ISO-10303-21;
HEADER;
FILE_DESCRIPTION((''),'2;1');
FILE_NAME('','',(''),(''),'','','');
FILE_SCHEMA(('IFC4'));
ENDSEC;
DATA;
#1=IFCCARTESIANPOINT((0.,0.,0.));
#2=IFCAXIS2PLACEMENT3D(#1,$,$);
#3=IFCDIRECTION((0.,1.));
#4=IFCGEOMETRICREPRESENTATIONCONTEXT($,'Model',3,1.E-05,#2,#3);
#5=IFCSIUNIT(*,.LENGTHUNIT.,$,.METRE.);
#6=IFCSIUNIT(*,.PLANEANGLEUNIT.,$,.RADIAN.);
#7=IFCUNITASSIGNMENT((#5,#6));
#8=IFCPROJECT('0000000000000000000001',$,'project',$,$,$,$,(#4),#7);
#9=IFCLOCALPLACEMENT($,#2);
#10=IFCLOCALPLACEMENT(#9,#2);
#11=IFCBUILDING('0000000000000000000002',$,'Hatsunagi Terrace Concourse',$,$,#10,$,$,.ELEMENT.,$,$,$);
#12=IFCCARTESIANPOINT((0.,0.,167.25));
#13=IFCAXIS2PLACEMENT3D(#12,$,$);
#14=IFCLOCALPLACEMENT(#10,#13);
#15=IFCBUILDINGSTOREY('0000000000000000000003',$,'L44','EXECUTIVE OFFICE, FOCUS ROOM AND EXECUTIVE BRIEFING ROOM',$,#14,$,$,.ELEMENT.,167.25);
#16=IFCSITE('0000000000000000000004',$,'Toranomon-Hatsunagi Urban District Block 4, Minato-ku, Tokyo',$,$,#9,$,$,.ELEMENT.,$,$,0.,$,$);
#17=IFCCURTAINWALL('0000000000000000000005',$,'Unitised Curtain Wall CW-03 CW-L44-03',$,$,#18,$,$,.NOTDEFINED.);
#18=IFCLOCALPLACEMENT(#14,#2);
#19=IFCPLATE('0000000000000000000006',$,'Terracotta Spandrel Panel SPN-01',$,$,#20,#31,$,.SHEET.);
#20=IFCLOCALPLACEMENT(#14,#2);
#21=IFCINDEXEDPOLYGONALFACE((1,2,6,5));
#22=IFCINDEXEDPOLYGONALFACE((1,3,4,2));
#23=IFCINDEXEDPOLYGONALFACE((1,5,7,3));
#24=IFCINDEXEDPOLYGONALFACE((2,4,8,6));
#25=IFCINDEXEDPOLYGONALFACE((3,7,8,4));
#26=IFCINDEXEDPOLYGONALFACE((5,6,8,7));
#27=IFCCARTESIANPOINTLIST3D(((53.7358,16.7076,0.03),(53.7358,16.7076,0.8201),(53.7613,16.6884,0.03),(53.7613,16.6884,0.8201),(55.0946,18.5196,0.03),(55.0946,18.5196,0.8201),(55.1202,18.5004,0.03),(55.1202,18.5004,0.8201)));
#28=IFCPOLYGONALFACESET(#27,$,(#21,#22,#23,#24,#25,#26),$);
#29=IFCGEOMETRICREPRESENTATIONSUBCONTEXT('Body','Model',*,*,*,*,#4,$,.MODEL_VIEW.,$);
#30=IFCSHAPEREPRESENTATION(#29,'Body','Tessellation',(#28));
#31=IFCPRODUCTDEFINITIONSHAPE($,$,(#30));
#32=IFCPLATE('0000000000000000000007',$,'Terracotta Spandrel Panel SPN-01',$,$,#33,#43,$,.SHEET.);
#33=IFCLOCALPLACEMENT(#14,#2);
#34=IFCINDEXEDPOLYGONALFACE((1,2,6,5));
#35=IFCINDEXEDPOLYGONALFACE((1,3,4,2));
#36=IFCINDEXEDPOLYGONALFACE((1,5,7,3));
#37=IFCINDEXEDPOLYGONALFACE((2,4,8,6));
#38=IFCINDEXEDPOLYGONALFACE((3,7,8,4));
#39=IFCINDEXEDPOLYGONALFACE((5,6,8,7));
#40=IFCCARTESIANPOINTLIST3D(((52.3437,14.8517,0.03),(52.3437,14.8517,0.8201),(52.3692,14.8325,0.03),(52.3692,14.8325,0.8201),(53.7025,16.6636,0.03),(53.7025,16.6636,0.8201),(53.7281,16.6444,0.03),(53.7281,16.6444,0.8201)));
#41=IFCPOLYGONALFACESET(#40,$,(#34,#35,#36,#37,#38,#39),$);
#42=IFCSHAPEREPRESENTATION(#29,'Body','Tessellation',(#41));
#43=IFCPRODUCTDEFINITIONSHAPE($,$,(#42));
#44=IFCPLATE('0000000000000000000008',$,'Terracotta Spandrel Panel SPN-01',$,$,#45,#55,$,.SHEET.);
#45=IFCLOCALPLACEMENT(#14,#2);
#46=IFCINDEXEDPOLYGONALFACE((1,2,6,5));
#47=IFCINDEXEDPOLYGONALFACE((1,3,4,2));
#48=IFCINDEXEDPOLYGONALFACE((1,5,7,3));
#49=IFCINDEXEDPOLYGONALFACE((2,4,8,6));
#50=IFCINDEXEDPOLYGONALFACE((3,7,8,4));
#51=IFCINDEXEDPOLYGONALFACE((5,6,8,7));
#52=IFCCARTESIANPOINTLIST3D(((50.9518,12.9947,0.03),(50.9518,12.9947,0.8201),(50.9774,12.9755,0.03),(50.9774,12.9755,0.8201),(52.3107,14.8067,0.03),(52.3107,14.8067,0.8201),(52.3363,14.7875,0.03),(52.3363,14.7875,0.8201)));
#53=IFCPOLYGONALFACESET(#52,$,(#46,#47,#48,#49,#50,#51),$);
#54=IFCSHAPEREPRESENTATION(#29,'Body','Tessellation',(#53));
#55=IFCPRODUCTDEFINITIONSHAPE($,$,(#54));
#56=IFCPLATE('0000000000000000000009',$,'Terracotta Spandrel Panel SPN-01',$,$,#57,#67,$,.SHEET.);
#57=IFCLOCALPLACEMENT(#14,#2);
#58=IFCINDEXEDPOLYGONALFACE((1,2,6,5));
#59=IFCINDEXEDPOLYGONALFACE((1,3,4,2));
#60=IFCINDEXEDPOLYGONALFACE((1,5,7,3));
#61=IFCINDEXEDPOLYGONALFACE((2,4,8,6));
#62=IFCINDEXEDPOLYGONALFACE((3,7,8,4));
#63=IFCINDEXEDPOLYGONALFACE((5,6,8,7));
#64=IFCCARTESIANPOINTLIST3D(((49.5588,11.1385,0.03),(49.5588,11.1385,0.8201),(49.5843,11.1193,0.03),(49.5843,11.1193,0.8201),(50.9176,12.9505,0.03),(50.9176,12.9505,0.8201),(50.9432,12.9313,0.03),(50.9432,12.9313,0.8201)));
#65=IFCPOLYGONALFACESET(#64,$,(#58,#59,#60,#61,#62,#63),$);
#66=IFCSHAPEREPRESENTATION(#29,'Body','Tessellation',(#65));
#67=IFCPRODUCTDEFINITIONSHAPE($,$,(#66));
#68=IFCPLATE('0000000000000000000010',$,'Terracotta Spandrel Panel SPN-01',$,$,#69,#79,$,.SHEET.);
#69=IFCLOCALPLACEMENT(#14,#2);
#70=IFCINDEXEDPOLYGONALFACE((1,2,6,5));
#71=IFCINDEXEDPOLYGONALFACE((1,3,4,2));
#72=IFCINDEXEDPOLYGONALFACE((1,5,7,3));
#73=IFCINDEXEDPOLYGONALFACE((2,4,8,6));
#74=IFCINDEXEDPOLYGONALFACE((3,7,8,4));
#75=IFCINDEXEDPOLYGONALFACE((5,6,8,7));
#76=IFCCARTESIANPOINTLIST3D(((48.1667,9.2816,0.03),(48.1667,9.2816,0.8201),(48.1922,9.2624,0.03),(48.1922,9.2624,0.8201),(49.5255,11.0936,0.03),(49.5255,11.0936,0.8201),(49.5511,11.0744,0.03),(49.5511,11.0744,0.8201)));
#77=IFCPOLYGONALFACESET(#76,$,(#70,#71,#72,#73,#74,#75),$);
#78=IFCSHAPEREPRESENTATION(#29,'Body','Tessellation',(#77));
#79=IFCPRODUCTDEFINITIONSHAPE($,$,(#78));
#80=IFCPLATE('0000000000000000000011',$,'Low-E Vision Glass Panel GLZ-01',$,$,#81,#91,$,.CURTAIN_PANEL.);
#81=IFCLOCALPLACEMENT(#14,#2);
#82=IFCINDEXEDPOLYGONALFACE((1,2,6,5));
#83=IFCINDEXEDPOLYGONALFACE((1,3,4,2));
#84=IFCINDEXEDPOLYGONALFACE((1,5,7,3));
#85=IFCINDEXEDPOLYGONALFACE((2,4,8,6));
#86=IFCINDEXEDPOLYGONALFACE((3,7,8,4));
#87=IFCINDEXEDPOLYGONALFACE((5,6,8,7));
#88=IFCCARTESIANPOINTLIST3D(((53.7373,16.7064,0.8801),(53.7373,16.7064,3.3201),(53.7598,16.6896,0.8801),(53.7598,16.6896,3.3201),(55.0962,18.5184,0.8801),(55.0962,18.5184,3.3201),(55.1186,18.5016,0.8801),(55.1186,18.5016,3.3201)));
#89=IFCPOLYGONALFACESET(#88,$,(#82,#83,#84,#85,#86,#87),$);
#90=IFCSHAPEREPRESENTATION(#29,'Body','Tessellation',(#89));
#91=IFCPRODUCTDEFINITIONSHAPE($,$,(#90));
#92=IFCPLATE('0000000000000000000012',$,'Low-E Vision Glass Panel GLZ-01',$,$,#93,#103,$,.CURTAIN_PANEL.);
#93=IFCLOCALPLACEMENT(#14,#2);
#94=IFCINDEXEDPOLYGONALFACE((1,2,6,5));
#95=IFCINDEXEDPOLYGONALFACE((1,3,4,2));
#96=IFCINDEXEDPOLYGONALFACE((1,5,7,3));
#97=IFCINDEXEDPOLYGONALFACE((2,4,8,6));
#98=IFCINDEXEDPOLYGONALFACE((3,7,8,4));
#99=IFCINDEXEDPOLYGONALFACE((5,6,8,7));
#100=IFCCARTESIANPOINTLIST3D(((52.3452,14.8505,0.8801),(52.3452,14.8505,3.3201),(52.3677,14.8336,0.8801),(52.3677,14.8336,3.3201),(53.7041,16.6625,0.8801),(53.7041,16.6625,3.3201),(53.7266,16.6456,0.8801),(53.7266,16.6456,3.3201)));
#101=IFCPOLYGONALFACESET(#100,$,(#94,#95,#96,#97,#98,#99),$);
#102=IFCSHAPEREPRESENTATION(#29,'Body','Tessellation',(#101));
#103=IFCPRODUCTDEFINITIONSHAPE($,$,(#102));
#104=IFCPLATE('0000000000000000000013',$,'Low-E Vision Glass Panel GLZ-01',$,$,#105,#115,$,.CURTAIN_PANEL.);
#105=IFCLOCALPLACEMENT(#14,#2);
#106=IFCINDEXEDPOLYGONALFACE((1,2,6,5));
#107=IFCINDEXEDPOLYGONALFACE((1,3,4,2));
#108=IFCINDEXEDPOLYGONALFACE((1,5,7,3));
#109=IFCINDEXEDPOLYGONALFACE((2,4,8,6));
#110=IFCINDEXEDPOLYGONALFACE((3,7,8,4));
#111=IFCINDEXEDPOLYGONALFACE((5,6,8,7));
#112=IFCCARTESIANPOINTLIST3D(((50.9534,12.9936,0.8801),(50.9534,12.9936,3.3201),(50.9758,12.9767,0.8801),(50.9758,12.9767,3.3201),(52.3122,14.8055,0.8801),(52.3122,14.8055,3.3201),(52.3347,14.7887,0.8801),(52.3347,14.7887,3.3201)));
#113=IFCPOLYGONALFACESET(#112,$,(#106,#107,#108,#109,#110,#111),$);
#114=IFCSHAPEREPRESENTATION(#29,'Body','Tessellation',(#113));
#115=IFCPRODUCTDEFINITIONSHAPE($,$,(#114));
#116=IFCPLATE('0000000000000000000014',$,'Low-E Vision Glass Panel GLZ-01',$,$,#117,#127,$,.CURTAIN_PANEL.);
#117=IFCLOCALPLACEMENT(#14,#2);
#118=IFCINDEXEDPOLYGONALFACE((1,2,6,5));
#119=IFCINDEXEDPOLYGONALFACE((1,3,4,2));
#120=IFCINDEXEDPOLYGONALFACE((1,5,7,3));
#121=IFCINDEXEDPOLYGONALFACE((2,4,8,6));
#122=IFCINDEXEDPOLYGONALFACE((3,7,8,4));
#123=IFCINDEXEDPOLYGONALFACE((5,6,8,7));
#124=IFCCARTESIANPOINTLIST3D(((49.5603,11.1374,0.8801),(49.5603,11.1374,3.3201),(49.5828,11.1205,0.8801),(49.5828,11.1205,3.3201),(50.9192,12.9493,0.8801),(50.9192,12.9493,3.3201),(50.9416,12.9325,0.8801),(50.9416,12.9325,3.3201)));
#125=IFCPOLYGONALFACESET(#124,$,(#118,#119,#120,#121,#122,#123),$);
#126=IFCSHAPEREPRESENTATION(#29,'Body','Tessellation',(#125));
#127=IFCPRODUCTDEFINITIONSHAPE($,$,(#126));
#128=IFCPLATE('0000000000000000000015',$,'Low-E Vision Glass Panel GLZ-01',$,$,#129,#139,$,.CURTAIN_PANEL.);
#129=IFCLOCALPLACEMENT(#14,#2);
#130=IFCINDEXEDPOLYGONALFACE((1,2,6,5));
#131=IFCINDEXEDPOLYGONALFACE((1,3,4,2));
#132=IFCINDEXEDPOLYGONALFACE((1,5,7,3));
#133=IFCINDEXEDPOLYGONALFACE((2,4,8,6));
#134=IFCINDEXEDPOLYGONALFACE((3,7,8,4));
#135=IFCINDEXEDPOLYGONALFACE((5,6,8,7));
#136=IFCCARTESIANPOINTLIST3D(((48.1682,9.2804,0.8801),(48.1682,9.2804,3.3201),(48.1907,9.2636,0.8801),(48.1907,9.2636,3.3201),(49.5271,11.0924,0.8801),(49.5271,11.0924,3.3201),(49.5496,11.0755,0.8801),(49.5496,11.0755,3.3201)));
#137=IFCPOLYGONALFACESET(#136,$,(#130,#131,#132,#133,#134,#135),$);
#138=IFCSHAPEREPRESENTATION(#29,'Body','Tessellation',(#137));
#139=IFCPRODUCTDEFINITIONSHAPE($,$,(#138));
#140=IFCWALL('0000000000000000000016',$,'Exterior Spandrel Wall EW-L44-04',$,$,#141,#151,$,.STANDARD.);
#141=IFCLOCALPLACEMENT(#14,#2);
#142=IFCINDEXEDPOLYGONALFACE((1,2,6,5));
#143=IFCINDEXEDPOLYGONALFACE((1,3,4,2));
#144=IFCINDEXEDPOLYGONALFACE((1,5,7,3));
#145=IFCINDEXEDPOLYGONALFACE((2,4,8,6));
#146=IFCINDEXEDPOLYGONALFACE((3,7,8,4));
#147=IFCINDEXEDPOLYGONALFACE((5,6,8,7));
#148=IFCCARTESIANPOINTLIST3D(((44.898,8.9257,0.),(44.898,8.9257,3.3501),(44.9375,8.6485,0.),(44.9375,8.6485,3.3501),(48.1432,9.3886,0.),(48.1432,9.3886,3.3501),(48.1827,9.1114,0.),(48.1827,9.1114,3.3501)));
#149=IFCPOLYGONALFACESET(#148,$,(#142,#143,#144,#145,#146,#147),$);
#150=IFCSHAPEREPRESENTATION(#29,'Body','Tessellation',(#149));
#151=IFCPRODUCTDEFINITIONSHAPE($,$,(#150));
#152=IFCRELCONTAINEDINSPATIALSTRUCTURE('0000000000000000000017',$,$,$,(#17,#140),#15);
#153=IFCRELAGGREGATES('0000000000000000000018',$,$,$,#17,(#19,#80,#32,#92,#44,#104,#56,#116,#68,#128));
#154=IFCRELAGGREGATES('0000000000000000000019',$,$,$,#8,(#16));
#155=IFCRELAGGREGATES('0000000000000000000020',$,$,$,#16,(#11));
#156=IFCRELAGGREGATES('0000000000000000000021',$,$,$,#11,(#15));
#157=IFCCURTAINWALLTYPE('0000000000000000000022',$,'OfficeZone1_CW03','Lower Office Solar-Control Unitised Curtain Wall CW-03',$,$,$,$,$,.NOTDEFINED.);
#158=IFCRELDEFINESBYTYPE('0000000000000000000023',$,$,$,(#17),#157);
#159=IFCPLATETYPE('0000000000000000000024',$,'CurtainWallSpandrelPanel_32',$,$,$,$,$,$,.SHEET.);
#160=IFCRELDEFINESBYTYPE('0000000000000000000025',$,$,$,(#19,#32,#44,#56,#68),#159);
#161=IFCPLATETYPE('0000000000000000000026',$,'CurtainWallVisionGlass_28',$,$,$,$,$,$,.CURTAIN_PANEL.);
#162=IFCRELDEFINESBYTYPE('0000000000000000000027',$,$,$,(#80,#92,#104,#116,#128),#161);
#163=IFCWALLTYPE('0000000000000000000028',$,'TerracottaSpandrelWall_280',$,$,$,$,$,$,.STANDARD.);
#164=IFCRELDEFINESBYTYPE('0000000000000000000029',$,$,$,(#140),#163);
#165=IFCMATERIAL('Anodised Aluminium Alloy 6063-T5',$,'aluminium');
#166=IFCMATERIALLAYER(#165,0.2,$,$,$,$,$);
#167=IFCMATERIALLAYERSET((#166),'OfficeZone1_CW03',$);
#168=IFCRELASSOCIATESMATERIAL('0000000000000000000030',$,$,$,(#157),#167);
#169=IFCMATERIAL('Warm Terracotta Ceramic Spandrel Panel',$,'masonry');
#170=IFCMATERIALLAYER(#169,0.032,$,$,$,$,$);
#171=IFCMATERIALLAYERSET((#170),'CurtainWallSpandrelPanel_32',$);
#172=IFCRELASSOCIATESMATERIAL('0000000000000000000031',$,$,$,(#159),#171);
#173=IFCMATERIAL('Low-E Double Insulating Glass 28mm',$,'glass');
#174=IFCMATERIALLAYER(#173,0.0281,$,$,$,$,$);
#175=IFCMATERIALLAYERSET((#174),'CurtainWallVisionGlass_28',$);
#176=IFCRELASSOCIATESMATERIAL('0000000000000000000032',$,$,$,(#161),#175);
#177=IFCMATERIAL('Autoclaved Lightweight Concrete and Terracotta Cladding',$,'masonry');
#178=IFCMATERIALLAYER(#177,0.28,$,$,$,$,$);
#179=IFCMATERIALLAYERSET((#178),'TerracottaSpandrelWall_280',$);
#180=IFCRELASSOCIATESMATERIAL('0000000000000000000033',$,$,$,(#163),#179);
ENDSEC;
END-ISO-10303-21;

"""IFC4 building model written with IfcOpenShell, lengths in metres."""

from ifc_helpers import new_model, si_unit, direction, frame, frame_2d, origin, origin_2d, place, context, subcontext, project, spatial, rectangle, extrude, material, layer, layer_set, type_object, element, aggregate, save


model = new_model("IFC4")

# Units and contexts
model_context = context("Model", 3, precision=1e-05, world=origin(), true_north=direction((0.0, 1.0)))
body_context = subcontext(model_context, "Body", "Model", "MODEL_VIEW")
ifc_project = project(units=[si_unit("LENGTHUNIT", "METRE"), si_unit("PLANEANGLEUNIT", "RADIAN")], contexts=[model_context])

# Site, building, storey
site_placement = place(None, origin())
site = spatial("IfcSite", under=ifc_project, at=site_placement, Name="Toranomon-Hatsunagi Urban District Block 4, Minato-ku, Tokyo", CompositionType="ELEMENT", RefElevation=0.0)
building_placement = place(site_placement, origin())
building = spatial("IfcBuilding", under=site, at=building_placement, Name="Hatsunagi Terrace Concourse", CompositionType="ELEMENT")
storey_placement = place(building_placement, frame((0.0, 0.0, 167.25)))
storey = spatial("IfcBuildingStorey", under=building, at=storey_placement, Name="L44", Description="EXECUTIVE OFFICE, FOCUS ROOM AND EXECUTIVE BRIEFING ROOM", CompositionType="ELEMENT", Elevation=167.25)

# Curtain wall
ifc_material_1 = material(Name="Anodised Aluminium Alloy 6063-T5", Category="aluminium")
ifc_layer_1 = layer(ifc_material_1, 0.2)
ifc_layer_set_1 = layer_set([ifc_layer_1], Name="OfficeZone1_CW03")
curtain_wall_type = type_object("IfcCurtainWallType", Name="OfficeZone1_CW03", Description="Lower Office Solar-Control Unitised Curtain Wall CW-03", PredefinedType="NOTDEFINED", material=ifc_layer_set_1)
curtain_wall_placement = place(storey_placement, origin())
curtain_wall = element("IfcCurtainWall", 1, at=curtain_wall_placement, inside=storey, type_object=curtain_wall_type, Name="Unitised Curtain Wall CW-03 CW-L44-03", PredefinedType="NOTDEFINED")

# Plates
ifc_material_2 = material(Name="Warm Terracotta Ceramic Spandrel Panel", Category="masonry")
ifc_layer_2 = layer(ifc_material_2, 0.032)
ifc_layer_set_2 = layer_set([ifc_layer_2], Name="CurtainWallSpandrelPanel_32")
plate_type_1 = type_object("IfcPlateType", Name="CurtainWallSpandrelPanel_32", PredefinedType="SHEET", material=ifc_layer_set_2)
plate_1_placement = place(storey_placement, frame((54.428, 17.604, 0.03), z_axis=(0.0, 0.0, 1.0), x_axis=(-0.599969, -0.800023, 0.0)))
plate_1 = element("IfcPlate", 2, at=plate_1_placement, type_object=plate_type_1, Name="Terracotta Spandrel Panel SPN-01", PredefinedType="SHEET", context=body_context, shape_type="SweptSolid", body=[
    extrude(rectangle(XDim=2.2649, YDim=0.032, at=origin_2d()), origin(), (0.0, 0.0, 1.0), 0.79),
])
plate_2_placement = place(storey_placement, frame((53.0359, 15.748, 0.03), z_axis=(0.0, 0.0, 1.0), x_axis=(-0.599969, -0.800023, 0.0)))
plate_2 = element("IfcPlate", 3, at=plate_2_placement, type_object=plate_type_1, Name="Terracotta Spandrel Panel SPN-01", PredefinedType="SHEET", context=body_context, shape_type="SweptSolid", body=[
    extrude(rectangle(XDim=2.2649, YDim=0.032, at=origin_2d()), origin(), (0.0, 0.0, 1.0), 0.79),
])
plate_3_placement = place(storey_placement, frame((51.644, 13.8911, 0.03), z_axis=(0.0, 0.0, 1.0), x_axis=(-0.599969, -0.800023, 0.0)))
plate_3 = element("IfcPlate", 4, at=plate_3_placement, type_object=plate_type_1, Name="Terracotta Spandrel Panel SPN-01", PredefinedType="SHEET", context=body_context, shape_type="SweptSolid", body=[
    extrude(rectangle(XDim=2.2649, YDim=0.032, at=origin_2d()), origin(), (0.0, 0.0, 1.0), 0.79),
])
plate_4_placement = place(storey_placement, frame((50.251, 12.0349, 0.03), z_axis=(0.0, 0.0, 1.0), x_axis=(-0.599969, -0.800023, 0.0)))
plate_4 = element("IfcPlate", 5, at=plate_4_placement, type_object=plate_type_1, Name="Terracotta Spandrel Panel SPN-01", PredefinedType="SHEET", context=body_context, shape_type="SweptSolid", body=[
    extrude(rectangle(XDim=2.2649, YDim=0.032, at=origin_2d()), origin(), (0.0, 0.0, 1.0), 0.79),
])
plate_5_placement = place(storey_placement, frame((48.8589, 10.178, 0.03), z_axis=(0.0, 0.0, 1.0), x_axis=(-0.599969, -0.800023, 0.0)))
plate_5 = element("IfcPlate", 6, at=plate_5_placement, type_object=plate_type_1, Name="Terracotta Spandrel Panel SPN-01", PredefinedType="SHEET", context=body_context, shape_type="SweptSolid", body=[
    extrude(rectangle(XDim=2.2649, YDim=0.032, at=origin_2d()), origin(), (0.0, 0.0, 1.0), 0.79),
])
ifc_material_3 = material(Name="Low-E Double Insulating Glass 28mm", Category="glass")
ifc_layer_3 = layer(ifc_material_3, 0.0281)
ifc_layer_set_3 = layer_set([ifc_layer_3], Name="CurtainWallVisionGlass_28")
plate_type_2 = type_object("IfcPlateType", Name="CurtainWallVisionGlass_28", PredefinedType="CURTAIN_PANEL", material=ifc_layer_set_3)
plate_6_placement = place(storey_placement, frame((54.428, 17.604, 0.8801), z_axis=(0.0, 0.0, 1.0), x_axis=(-0.599969, -0.800023, 0.0)))
plate_6 = element("IfcPlate", 7, at=plate_6_placement, type_object=plate_type_2, Name="Low-E Vision Glass Panel GLZ-01", PredefinedType="CURTAIN_PANEL", context=body_context, shape_type="SweptSolid", body=[
    extrude(rectangle(XDim=2.2649, YDim=0.0281, at=origin_2d()), origin(), (0.0, 0.0, 1.0), 2.4399),
])
plate_7_placement = place(storey_placement, frame((53.0359, 15.748, 0.8801), z_axis=(0.0, 0.0, 1.0), x_axis=(-0.599969, -0.800023, 0.0)))
plate_7 = element("IfcPlate", 8, at=plate_7_placement, type_object=plate_type_2, Name="Low-E Vision Glass Panel GLZ-01", PredefinedType="CURTAIN_PANEL", context=body_context, shape_type="SweptSolid", body=[
    extrude(rectangle(XDim=2.2649, YDim=0.0281, at=origin_2d()), origin(), (0.0, 0.0, 1.0), 2.4399),
])
plate_8_placement = place(storey_placement, frame((51.644, 13.8911, 0.8801), z_axis=(0.0, 0.0, 1.0), x_axis=(-0.599969, -0.800023, 0.0)))
plate_8 = element("IfcPlate", 9, at=plate_8_placement, type_object=plate_type_2, Name="Low-E Vision Glass Panel GLZ-01", PredefinedType="CURTAIN_PANEL", context=body_context, shape_type="SweptSolid", body=[
    extrude(rectangle(XDim=2.2649, YDim=0.0281, at=origin_2d()), origin(), (0.0, 0.0, 1.0), 2.4399),
])
plate_9_placement = place(storey_placement, frame((50.251, 12.0349, 0.8801), z_axis=(0.0, 0.0, 1.0), x_axis=(-0.599969, -0.800023, 0.0)))
plate_9 = element("IfcPlate", 10, at=plate_9_placement, type_object=plate_type_2, Name="Low-E Vision Glass Panel GLZ-01", PredefinedType="CURTAIN_PANEL", context=body_context, shape_type="SweptSolid", body=[
    extrude(rectangle(XDim=2.2649, YDim=0.0281, at=origin_2d()), origin(), (0.0, 0.0, 1.0), 2.4399),
])
plate_10_placement = place(storey_placement, frame((48.8589, 10.178, 0.8801), z_axis=(0.0, 0.0, 1.0), x_axis=(-0.599969, -0.800023, 0.0)))
plate_10 = element("IfcPlate", 11, at=plate_10_placement, type_object=plate_type_2, Name="Low-E Vision Glass Panel GLZ-01", PredefinedType="CURTAIN_PANEL", context=body_context, shape_type="SweptSolid", body=[
    extrude(rectangle(XDim=2.2649, YDim=0.0281, at=origin_2d()), origin(), (0.0, 0.0, 1.0), 2.4399),
])
aggregate(curtain_wall, [plate_1, plate_6, plate_2, plate_7, plate_3, plate_8, plate_4, plate_9, plate_5, plate_10])

# Wall
ifc_material_4 = material(Name="Autoclaved Lightweight Concrete and Terracotta Cladding", Category="masonry")
ifc_layer_4 = layer(ifc_material_4, 0.28)
ifc_layer_set_4 = layer_set([ifc_layer_4], Name="TerracottaSpandrelWall_280")
wall_type = type_object("IfcWallType", Name="TerracottaSpandrelWall_280", PredefinedType="STANDARD", material=ifc_layer_set_4)
wall_placement = place(storey_placement, frame((48.1631, 9.25, 0.0), z_axis=(0.0, 0.0, 1.0), x_axis=(-0.989979, -0.141213, 0.0)))
element("IfcWall", 12, at=wall_placement, inside=storey, type_object=wall_type, Name="Exterior Spandrel Wall EW-L44-04", PredefinedType="STANDARD", context=body_context, shape_type="SweptSolid", body=[
    extrude(rectangle(XDim=3.2781, YDim=0.28, at=frame_2d((1.6392, 0.0))), origin(), (0.0, 0.0, 1.0), 3.3501),
])

save(model, "model.ifc")
